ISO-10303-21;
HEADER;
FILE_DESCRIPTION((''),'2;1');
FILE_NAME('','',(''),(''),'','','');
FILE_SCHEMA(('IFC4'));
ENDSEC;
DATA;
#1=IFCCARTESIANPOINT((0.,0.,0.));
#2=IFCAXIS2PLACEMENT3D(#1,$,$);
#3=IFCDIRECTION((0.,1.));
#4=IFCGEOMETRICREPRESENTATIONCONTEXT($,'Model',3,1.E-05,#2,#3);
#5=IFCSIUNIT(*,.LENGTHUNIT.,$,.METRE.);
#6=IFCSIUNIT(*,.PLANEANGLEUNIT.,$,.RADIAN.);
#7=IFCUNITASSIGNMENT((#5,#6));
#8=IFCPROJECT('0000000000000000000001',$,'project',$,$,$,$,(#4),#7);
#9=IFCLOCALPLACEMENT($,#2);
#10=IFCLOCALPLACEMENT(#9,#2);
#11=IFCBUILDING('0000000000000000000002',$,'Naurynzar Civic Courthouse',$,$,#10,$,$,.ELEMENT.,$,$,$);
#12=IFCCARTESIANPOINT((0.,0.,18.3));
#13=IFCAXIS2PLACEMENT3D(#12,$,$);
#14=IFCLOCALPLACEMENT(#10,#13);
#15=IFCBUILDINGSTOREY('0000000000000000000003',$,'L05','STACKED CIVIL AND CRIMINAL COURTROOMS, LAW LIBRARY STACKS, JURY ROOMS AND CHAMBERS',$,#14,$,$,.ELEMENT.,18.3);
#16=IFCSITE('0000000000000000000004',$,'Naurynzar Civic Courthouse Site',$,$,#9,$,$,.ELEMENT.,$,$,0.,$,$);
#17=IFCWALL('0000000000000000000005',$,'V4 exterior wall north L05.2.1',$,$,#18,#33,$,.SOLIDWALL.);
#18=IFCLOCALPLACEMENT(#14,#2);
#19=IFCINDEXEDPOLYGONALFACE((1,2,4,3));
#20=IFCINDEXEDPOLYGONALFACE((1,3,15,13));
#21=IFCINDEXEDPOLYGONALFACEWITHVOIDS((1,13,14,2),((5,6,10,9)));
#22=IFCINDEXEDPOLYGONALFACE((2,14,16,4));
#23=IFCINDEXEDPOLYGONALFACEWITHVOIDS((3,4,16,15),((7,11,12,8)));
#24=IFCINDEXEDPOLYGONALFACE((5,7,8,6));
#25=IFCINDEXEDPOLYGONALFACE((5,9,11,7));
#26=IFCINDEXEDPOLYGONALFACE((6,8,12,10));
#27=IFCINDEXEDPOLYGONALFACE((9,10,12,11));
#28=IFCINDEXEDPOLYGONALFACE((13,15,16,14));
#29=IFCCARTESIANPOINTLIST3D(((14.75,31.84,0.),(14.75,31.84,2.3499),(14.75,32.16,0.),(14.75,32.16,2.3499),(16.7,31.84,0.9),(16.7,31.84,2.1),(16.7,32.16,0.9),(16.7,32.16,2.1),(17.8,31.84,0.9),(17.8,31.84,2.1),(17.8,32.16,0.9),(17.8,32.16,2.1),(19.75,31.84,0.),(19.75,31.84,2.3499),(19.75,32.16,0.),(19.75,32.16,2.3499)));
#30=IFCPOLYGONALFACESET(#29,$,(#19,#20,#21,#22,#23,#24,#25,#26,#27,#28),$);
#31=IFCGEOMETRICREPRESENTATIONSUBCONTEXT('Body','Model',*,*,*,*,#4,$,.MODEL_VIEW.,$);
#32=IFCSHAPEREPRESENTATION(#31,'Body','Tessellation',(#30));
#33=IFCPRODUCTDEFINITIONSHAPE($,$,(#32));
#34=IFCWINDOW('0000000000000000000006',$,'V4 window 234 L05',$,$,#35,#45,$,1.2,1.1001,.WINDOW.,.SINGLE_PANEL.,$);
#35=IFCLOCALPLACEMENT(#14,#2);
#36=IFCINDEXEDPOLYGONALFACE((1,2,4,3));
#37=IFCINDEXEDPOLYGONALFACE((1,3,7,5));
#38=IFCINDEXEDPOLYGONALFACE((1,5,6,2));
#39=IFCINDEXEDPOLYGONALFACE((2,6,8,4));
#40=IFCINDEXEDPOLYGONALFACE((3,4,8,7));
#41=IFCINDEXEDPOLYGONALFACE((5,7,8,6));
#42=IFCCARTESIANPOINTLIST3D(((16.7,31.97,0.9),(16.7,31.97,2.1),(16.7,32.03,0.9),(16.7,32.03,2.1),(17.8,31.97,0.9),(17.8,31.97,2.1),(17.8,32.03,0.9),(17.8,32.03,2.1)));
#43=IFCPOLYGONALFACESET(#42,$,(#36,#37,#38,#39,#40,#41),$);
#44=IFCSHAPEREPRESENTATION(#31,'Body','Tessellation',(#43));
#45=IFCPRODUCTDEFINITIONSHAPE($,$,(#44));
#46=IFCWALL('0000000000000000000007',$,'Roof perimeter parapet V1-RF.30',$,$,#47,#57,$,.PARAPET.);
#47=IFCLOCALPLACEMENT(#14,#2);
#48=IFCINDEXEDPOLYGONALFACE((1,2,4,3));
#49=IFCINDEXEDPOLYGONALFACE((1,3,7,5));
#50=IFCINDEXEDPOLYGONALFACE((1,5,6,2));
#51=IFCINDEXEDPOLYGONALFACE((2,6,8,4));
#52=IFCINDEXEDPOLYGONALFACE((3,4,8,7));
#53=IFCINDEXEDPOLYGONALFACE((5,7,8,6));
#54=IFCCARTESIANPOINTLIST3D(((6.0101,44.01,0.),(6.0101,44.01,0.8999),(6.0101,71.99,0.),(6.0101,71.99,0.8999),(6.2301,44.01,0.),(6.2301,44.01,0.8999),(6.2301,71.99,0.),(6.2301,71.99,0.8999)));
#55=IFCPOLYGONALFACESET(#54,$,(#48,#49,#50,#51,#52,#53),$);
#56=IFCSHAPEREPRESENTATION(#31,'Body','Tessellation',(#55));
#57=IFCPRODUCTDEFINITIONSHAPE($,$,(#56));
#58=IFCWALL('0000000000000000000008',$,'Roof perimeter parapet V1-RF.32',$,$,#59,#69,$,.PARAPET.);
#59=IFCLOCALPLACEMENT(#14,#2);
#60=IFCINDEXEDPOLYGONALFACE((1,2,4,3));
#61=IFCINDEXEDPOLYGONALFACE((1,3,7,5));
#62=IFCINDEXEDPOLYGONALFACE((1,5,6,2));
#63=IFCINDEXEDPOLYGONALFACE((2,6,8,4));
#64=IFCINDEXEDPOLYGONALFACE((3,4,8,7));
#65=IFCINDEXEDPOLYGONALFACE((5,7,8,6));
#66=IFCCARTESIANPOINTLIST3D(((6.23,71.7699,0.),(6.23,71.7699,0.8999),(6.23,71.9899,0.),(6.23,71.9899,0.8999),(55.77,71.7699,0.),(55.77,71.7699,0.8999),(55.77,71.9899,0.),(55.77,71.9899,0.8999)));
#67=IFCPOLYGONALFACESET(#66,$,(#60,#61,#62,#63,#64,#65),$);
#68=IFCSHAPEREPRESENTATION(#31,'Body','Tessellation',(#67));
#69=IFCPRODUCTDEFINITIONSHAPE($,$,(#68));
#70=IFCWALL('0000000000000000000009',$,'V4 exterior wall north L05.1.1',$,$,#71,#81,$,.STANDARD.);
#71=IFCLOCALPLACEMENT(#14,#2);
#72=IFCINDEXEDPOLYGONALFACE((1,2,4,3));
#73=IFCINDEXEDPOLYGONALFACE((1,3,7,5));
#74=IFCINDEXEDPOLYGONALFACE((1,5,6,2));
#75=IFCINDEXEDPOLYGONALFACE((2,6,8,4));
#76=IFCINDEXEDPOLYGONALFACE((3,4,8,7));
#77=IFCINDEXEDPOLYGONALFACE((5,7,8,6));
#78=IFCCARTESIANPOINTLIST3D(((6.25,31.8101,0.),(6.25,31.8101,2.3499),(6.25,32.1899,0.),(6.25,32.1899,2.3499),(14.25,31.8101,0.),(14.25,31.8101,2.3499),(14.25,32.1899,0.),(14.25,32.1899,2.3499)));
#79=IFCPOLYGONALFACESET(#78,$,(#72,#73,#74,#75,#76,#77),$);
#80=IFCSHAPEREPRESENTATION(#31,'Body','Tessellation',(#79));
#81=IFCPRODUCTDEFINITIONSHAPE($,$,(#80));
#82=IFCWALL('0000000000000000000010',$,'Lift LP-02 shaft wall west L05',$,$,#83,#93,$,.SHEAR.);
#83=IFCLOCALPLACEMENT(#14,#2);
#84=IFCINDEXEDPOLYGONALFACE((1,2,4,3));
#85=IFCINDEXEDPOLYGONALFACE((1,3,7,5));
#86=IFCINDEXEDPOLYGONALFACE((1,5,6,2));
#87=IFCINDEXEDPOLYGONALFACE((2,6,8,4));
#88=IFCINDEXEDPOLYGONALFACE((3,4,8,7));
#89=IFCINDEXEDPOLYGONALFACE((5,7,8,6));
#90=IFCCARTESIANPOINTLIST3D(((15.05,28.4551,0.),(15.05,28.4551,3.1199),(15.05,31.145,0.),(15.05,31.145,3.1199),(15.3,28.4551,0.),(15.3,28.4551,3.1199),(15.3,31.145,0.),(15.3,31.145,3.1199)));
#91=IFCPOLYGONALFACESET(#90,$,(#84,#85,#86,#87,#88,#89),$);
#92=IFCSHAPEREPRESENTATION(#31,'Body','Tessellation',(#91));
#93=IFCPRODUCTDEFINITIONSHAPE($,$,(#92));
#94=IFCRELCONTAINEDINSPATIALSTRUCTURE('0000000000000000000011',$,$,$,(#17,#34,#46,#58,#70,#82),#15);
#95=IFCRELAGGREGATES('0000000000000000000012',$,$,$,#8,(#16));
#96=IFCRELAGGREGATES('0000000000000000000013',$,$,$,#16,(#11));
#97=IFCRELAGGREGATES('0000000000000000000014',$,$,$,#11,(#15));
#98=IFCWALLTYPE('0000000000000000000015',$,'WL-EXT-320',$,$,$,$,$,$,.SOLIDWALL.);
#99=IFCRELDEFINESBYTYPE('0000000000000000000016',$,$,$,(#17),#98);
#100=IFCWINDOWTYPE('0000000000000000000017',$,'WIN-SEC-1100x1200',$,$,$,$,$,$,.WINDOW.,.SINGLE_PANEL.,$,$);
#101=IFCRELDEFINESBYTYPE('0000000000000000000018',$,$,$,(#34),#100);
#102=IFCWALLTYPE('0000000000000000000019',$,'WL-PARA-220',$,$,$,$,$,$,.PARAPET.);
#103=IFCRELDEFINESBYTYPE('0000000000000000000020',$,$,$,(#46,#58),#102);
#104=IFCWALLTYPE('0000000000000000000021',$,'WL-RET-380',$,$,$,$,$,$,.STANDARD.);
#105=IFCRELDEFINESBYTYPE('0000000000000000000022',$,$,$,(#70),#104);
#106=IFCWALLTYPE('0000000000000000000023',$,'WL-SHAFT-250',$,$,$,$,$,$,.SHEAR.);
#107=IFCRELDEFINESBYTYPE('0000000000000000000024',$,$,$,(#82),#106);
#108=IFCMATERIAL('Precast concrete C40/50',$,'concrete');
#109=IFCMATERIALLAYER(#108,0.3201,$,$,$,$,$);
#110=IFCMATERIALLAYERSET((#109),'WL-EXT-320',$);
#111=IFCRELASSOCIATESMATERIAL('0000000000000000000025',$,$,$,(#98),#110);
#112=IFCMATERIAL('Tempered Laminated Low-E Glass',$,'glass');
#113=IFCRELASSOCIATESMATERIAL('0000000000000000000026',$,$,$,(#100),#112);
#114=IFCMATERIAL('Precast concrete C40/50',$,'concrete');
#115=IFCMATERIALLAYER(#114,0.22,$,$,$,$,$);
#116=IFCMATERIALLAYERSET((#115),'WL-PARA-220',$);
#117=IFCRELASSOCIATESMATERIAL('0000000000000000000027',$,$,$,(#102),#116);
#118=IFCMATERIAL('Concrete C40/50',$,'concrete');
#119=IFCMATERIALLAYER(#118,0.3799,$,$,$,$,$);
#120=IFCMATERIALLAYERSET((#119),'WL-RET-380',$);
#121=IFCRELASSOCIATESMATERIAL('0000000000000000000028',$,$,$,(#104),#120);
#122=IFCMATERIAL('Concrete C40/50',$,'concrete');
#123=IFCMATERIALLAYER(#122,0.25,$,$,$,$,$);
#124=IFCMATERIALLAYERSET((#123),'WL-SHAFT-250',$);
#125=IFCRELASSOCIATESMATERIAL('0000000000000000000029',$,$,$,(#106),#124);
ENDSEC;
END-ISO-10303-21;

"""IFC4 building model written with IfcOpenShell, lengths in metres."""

from ifc_helpers import new_model, si_unit, direction, frame, frame_2d, origin, place, context, subcontext, project, spatial, rectangle, extrude, material, layer, layer_set, type_object, element, fill, save


model = new_model("IFC4")

# Units and contexts
model_context = context("Model", 3, precision=1e-05, world=origin(), true_north=direction((0.0, 1.0)))
body_context = subcontext(model_context, "Body", "Model", "MODEL_VIEW")
ifc_project = project(units=[si_unit("LENGTHUNIT", "METRE"), si_unit("PLANEANGLEUNIT", "RADIAN")], contexts=[model_context])

# Site, building, storey
site_placement = place(None, origin())
site = spatial("IfcSite", under=ifc_project, at=site_placement, Name="Naurynzar Civic Courthouse Site", CompositionType="ELEMENT", RefElevation=0.0)
building_placement = place(site_placement, origin())
building = spatial("IfcBuilding", under=site, at=building_placement, Name="Naurynzar Civic Courthouse", CompositionType="ELEMENT")
storey_placement = place(building_placement, frame((0.0, 0.0, 18.3)))
storey = spatial("IfcBuildingStorey", under=building, at=storey_placement, Name="L05", Description="STACKED CIVIL AND CRIMINAL COURTROOMS, LAW LIBRARY STACKS, JURY ROOMS AND CHAMBERS", CompositionType="ELEMENT", Elevation=18.3)

# Wall, opening, window
ifc_material_1 = material(Name="Precast concrete C40/50", Category="concrete")
ifc_layer_1 = layer(ifc_material_1, 0.3201)
ifc_layer_set_1 = layer_set([ifc_layer_1], Name="WL-EXT-320")
wall_type_1 = type_object("IfcWallType", Name="WL-EXT-320", PredefinedType="SOLIDWALL", material=ifc_layer_set_1)
wall_1_placement = place(storey_placement, frame((14.75, 32.0, 0.0), z_axis=(0.0, 0.0, 1.0), x_axis=(1.0, 0.0, 0.0)))
wall_1 = element("IfcWall", 1, at=wall_1_placement, inside=storey, type_object=wall_type_1, Name="V4 exterior wall north L05.2.1", PredefinedType="SOLIDWALL", context=body_context, shape_type="SweptSolid", body=[
    extrude(rectangle(XDim=5.0, YDim=0.3201, at=frame_2d((2.5, 0.0))), origin(), (0.0, 0.0, 1.0), 2.3499),
])
opening_placement = place(wall_1_placement, frame((1.95, 0.0, 0.8999)))
opening = element("IfcOpeningElement", 2, at=opening_placement, cuts=wall_1, PredefinedType="OPENING", context=body_context, shape_type="SweptSolid", body=[
    extrude(rectangle(XDim=1.1001, YDim=1.2, at=frame_2d((0.55, 0.6001))), frame((0.0, 0.1699, 0.0), z_axis=(0.0, -1.0, 0.0), x_axis=(1.0, 0.0, 0.0)), (0.0, 0.0, 1.0), 0.3401),
])
ifc_material_2 = material(Name="Tempered Laminated Low-E Glass", Category="glass")
window_type = type_object("IfcWindowType", Name="WIN-SEC-1100x1200", PartitioningType="SINGLE_PANEL", PredefinedType="WINDOW", material=ifc_material_2)
window_placement = place(opening_placement, origin())
window = element("IfcWindow", 3, at=window_placement, inside=storey, type_object=window_type, Name="V4 window 234 L05", OverallHeight=1.2, OverallWidth=1.1001, PartitioningType="SINGLE_PANEL", PredefinedType="WINDOW", context=body_context, shape_type="SweptSolid", body=[
    extrude(rectangle(XDim=1.1001, YDim=1.2, at=frame_2d((0.55, 0.6001))), frame((0.0, 0.03, 0.0), z_axis=(0.0, -1.0, 0.0), x_axis=(1.0, 0.0, 0.0)), (0.0, 0.0, 1.0), 0.0601),
])
fill(opening, window)

# Walls
ifc_material_3 = material(Name="Precast concrete C40/50", Category="concrete")
ifc_layer_2 = layer(ifc_material_3, 0.22)
ifc_layer_set_2 = layer_set([ifc_layer_2], Name="WL-PARA-220")
wall_type_2 = type_object("IfcWallType", Name="WL-PARA-220", PredefinedType="PARAPET", material=ifc_layer_set_2)
wall_2_placement = place(storey_placement, frame((6.1201, 44.01, 0.0), z_axis=(0.0, 0.0, 1.0), x_axis=(0.0, 1.0, 0.0)))
element("IfcWall", 4, at=wall_2_placement, inside=storey, type_object=wall_type_2, Name="Roof perimeter parapet V1-RF.30", PredefinedType="PARAPET", context=body_context, shape_type="SweptSolid", body=[
    extrude(rectangle(XDim=27.98, YDim=0.22, at=frame_2d((13.99, 0.0))), origin(), (0.0, 0.0, 1.0), 0.8999),
])
wall_3_placement = place(storey_placement, frame((6.23, 71.8799, 0.0), z_axis=(0.0, 0.0, 1.0), x_axis=(1.0, 0.0, 0.0)))
element("IfcWall", 5, at=wall_3_placement, inside=storey, type_object=wall_type_2, Name="Roof perimeter parapet V1-RF.32", PredefinedType="PARAPET", context=body_context, shape_type="SweptSolid", body=[
    extrude(rectangle(XDim=49.54, YDim=0.22, at=frame_2d((24.77, 0.0))), origin(), (0.0, 0.0, 1.0), 0.8999),
])
ifc_material_4 = material(Name="Concrete C40/50", Category="concrete")
ifc_layer_3 = layer(ifc_material_4, 0.3799)
ifc_layer_set_3 = layer_set([ifc_layer_3], Name="WL-RET-380")
wall_type_3 = type_object("IfcWallType", Name="WL-RET-380", PredefinedType="STANDARD", material=ifc_layer_set_3)
wall_4_placement = place(storey_placement, frame((6.25, 32.0, 0.0), z_axis=(0.0, 0.0, 1.0), x_axis=(1.0, 0.0, 0.0)))
element("IfcWall", 6, at=wall_4_placement, inside=storey, type_object=wall_type_3, Name="V4 exterior wall north L05.1.1", PredefinedType="STANDARD", context=body_context, shape_type="SweptSolid", body=[
    extrude(rectangle(XDim=8.0, YDim=0.3799, at=frame_2d((4.0, 0.0))), origin(), (0.0, 0.0, 1.0), 2.3499),
])
ifc_material_5 = material(Name="Concrete C40/50", Category="concrete")
ifc_layer_4 = layer(ifc_material_5, 0.25)
ifc_layer_set_4 = layer_set([ifc_layer_4], Name="WL-SHAFT-250")
wall_type_4 = type_object("IfcWallType", Name="WL-SHAFT-250", PredefinedType="SHEAR", material=ifc_layer_set_4)
wall_5_placement = place(storey_placement, frame((15.175, 31.145, 0.0), z_axis=(0.0, 0.0, 1.0), x_axis=(0.0, -1.0, 0.0)))
element("IfcWall", 7, at=wall_5_placement, inside=storey, type_object=wall_type_4, Name="Lift LP-02 shaft wall west L05", PredefinedType="SHEAR", context=body_context, shape_type="SweptSolid", body=[
    extrude(rectangle(XDim=2.6899, YDim=0.25, at=frame_2d((1.345, 0.0))), origin(), (0.0, 0.0, 1.0), 3.1199),
])

save(model, "model.ifc")
